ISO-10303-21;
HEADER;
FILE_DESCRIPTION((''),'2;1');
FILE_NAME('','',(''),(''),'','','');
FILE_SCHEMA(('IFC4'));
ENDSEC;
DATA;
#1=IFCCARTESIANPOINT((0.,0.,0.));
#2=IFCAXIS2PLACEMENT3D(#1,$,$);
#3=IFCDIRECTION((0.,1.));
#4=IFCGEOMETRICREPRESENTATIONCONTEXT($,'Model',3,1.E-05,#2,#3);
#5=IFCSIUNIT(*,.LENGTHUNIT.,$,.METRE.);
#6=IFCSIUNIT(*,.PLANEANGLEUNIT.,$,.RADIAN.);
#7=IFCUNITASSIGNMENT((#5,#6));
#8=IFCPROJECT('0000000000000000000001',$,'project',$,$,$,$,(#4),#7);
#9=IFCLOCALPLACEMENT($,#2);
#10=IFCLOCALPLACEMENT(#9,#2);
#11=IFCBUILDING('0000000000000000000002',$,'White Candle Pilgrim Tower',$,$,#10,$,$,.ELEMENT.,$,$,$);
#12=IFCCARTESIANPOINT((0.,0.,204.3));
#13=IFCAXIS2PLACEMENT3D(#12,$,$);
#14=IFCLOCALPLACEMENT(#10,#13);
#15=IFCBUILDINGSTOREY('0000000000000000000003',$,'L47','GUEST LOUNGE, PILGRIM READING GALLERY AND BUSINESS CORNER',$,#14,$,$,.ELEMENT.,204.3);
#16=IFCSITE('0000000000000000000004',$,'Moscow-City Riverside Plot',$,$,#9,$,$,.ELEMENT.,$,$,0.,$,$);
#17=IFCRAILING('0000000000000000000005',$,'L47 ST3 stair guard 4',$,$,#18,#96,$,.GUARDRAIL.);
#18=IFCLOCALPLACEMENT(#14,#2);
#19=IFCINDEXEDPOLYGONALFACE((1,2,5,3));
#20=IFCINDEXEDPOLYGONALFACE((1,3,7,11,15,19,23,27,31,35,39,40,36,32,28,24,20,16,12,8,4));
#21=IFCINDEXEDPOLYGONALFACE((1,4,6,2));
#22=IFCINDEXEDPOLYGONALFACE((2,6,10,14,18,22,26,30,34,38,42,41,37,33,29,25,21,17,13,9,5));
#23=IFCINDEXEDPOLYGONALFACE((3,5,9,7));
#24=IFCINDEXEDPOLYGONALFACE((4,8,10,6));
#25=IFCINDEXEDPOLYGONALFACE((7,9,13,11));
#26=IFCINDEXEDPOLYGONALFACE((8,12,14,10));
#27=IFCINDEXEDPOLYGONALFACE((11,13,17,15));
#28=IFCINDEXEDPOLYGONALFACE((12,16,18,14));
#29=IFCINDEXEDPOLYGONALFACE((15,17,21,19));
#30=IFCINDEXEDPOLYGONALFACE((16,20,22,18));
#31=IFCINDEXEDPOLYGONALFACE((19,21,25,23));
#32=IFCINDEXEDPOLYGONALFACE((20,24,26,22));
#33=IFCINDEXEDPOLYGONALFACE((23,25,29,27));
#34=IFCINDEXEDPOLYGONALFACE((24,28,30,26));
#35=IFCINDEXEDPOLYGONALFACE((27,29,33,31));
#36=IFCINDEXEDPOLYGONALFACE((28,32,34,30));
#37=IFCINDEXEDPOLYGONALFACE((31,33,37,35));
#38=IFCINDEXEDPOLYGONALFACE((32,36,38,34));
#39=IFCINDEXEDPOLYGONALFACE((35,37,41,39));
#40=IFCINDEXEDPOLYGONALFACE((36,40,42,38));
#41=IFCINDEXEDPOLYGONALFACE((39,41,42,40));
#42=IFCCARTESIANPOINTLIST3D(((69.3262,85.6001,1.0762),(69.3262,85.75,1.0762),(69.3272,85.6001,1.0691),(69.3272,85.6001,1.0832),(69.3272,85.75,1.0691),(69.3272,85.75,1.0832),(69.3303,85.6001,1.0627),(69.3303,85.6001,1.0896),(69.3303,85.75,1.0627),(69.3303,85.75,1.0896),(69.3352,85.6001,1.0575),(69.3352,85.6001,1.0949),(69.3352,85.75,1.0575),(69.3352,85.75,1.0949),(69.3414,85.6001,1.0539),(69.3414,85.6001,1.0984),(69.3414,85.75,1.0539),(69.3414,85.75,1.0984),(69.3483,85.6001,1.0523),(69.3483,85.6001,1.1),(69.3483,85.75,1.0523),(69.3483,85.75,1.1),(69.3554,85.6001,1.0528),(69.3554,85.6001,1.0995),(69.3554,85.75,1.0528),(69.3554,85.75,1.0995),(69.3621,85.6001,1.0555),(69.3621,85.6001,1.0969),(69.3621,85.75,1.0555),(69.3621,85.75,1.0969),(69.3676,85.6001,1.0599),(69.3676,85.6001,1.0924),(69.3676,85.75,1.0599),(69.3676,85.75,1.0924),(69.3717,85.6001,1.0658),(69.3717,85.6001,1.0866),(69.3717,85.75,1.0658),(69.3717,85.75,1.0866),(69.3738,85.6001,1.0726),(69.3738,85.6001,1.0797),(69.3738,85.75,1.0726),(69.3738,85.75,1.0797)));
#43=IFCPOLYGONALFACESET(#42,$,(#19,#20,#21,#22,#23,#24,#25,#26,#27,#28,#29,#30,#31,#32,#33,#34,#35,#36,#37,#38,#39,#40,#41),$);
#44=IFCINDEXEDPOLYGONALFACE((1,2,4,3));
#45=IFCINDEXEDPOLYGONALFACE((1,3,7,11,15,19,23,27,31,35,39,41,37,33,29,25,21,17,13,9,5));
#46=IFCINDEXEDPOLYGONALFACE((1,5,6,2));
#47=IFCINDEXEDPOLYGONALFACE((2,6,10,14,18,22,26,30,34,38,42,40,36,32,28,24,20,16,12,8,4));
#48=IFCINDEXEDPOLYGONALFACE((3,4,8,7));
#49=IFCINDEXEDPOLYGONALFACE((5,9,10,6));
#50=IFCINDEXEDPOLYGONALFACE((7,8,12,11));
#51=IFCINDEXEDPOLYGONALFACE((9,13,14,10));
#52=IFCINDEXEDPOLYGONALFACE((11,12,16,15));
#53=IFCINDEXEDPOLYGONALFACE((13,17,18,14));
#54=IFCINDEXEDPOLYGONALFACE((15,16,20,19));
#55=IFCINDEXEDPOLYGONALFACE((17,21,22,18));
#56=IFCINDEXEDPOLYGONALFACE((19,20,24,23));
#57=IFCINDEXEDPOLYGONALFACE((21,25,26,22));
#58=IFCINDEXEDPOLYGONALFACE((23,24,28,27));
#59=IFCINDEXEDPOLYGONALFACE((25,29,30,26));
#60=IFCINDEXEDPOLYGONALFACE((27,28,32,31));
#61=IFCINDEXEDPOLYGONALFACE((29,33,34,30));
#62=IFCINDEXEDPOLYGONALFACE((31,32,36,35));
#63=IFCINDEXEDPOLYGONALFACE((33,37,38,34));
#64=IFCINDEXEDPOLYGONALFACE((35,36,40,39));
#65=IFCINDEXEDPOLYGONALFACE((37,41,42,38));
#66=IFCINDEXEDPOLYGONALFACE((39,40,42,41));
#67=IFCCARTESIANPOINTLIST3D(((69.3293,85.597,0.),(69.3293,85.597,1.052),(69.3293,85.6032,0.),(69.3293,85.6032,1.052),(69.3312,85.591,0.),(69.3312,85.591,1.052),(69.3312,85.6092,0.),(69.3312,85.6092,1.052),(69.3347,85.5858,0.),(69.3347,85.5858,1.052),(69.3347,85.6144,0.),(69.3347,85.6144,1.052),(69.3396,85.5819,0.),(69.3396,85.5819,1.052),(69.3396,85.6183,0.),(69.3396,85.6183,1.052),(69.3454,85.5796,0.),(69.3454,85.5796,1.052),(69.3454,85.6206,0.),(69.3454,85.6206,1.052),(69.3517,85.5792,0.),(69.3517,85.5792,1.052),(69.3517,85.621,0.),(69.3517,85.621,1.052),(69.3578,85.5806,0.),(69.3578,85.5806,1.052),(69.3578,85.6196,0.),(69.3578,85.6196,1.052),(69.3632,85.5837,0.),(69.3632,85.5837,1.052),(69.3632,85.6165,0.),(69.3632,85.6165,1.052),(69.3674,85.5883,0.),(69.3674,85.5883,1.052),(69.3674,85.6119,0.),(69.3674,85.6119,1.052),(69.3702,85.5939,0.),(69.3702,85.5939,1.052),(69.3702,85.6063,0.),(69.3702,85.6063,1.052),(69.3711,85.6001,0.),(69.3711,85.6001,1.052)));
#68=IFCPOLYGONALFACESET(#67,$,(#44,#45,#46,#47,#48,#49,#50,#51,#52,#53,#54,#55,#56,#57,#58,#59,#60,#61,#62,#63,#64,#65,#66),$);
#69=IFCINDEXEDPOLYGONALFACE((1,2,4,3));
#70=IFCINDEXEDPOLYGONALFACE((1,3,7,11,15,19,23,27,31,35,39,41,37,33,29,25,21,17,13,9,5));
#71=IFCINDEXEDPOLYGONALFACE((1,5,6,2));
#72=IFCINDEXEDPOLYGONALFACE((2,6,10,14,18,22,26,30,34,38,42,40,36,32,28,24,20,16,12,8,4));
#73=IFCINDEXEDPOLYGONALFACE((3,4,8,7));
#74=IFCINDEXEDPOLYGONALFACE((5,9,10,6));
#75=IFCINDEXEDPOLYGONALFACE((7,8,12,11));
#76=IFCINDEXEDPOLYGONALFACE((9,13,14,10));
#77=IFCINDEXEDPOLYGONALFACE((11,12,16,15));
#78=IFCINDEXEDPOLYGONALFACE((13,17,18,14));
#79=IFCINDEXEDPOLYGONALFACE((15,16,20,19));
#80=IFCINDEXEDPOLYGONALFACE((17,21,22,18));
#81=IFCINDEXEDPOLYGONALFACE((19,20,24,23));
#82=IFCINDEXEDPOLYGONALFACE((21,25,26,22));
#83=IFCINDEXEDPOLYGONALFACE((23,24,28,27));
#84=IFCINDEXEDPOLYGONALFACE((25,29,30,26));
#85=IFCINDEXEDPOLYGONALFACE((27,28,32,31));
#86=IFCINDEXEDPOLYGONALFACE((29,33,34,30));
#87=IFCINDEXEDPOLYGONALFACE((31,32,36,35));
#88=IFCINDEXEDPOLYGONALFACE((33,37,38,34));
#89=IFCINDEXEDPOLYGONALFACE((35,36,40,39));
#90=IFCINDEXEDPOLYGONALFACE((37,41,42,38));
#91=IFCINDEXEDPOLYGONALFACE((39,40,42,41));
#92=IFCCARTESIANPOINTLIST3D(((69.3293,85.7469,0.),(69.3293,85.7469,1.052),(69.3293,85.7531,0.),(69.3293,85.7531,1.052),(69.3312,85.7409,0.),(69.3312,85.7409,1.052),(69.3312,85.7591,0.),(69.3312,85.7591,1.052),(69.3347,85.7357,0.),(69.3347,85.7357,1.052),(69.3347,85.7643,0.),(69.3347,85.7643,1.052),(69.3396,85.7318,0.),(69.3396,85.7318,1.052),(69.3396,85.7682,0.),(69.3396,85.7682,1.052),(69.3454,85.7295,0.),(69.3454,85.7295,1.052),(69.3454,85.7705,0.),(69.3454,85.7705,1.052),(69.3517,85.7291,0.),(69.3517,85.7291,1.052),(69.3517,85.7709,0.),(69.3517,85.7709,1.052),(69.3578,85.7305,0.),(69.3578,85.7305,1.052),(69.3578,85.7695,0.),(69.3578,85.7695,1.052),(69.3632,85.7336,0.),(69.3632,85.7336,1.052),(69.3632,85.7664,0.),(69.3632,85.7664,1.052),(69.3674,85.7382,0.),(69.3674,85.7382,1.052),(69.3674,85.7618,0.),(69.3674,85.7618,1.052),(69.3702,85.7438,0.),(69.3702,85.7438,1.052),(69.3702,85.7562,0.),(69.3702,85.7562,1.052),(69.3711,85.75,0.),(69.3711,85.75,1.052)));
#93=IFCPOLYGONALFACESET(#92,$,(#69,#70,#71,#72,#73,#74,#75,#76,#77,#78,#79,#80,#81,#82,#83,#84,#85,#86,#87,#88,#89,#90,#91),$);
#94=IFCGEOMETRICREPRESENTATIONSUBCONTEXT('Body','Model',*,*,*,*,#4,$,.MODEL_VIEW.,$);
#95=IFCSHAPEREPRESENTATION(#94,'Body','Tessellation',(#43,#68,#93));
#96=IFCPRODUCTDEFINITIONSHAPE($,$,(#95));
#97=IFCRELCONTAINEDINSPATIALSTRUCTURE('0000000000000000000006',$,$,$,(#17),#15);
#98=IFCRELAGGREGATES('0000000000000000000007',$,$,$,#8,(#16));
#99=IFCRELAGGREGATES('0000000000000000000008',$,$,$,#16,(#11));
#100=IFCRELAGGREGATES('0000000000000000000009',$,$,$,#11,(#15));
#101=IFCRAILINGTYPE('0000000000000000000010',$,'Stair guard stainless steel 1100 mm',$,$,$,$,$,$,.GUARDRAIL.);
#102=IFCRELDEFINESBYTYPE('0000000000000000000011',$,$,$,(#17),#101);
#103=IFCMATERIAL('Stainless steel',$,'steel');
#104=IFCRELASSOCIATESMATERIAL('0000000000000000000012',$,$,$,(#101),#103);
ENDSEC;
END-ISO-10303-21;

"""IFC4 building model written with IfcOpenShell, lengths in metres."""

from ifc_helpers import new_model, si_unit, direction, frame, origin, origin_2d, place, context, subcontext, project, spatial, circle, extrude, material, type_object, element, save


model = new_model("IFC4")

# Units and contexts
model_context = context("Model", 3, precision=1e-05, world=origin(), true_north=direction((0.0, 1.0)))
body_context = subcontext(model_context, "Body", "Model", "MODEL_VIEW")
ifc_project = project(units=[si_unit("LENGTHUNIT", "METRE"), si_unit("PLANEANGLEUNIT", "RADIAN")], contexts=[model_context])

# Site, building, storey
site_placement = place(None, origin())
site = spatial("IfcSite", under=ifc_project, at=site_placement, Name="Moscow-City Riverside Plot", CompositionType="ELEMENT", RefElevation=0.0)
building_placement = place(site_placement, origin())
building = spatial("IfcBuilding", under=site, at=building_placement, Name="White Candle Pilgrim Tower", CompositionType="ELEMENT")
storey_placement = place(building_placement, frame((0.0, 0.0, 204.3)))
storey = spatial("IfcBuildingStorey", under=building, at=storey_placement, Name="L47", Description="GUEST LOUNGE, PILGRIM READING GALLERY AND BUSINESS CORNER", CompositionType="ELEMENT", Elevation=204.3)

# Shared definitions
ifc_material_1 = material(Name="Stainless steel", Category="steel")

# Railing
railing_type_1 = type_object("IfcRailingType", Name="Stair guard stainless steel 1100 mm", PredefinedType="GUARDRAIL", material=ifc_material_1)
railing_1_placement = place(storey_placement, frame((69.3501, 85.6001, 0.0)))
element("IfcRailing", 1, at=railing_1_placement, inside=storey, type_object=railing_type_1, Name="L47 ST3 stair guard 4", PredefinedType="GUARDRAIL", context=body_context, shape_type="SweptSolid", body=[
    extrude(circle(Radius=0.0239, at=origin_2d()), frame((0.0, 0.0, 1.0762), z_axis=(0.0, 1.0, 0.0), x_axis=(-1.0, 0.0, 0.0)), (0.0, 0.0, 1.0), 0.1499),
    extrude(circle(Radius=0.021, at=origin_2d()), origin(), (0.0, 0.0, 1.0), 1.052),
    extrude(circle(Radius=0.021, at=origin_2d()), frame((0.0, 0.1499, 0.0)), (0.0, 0.0, 1.0), 1.052),
])

save(model, "model.ifc")
